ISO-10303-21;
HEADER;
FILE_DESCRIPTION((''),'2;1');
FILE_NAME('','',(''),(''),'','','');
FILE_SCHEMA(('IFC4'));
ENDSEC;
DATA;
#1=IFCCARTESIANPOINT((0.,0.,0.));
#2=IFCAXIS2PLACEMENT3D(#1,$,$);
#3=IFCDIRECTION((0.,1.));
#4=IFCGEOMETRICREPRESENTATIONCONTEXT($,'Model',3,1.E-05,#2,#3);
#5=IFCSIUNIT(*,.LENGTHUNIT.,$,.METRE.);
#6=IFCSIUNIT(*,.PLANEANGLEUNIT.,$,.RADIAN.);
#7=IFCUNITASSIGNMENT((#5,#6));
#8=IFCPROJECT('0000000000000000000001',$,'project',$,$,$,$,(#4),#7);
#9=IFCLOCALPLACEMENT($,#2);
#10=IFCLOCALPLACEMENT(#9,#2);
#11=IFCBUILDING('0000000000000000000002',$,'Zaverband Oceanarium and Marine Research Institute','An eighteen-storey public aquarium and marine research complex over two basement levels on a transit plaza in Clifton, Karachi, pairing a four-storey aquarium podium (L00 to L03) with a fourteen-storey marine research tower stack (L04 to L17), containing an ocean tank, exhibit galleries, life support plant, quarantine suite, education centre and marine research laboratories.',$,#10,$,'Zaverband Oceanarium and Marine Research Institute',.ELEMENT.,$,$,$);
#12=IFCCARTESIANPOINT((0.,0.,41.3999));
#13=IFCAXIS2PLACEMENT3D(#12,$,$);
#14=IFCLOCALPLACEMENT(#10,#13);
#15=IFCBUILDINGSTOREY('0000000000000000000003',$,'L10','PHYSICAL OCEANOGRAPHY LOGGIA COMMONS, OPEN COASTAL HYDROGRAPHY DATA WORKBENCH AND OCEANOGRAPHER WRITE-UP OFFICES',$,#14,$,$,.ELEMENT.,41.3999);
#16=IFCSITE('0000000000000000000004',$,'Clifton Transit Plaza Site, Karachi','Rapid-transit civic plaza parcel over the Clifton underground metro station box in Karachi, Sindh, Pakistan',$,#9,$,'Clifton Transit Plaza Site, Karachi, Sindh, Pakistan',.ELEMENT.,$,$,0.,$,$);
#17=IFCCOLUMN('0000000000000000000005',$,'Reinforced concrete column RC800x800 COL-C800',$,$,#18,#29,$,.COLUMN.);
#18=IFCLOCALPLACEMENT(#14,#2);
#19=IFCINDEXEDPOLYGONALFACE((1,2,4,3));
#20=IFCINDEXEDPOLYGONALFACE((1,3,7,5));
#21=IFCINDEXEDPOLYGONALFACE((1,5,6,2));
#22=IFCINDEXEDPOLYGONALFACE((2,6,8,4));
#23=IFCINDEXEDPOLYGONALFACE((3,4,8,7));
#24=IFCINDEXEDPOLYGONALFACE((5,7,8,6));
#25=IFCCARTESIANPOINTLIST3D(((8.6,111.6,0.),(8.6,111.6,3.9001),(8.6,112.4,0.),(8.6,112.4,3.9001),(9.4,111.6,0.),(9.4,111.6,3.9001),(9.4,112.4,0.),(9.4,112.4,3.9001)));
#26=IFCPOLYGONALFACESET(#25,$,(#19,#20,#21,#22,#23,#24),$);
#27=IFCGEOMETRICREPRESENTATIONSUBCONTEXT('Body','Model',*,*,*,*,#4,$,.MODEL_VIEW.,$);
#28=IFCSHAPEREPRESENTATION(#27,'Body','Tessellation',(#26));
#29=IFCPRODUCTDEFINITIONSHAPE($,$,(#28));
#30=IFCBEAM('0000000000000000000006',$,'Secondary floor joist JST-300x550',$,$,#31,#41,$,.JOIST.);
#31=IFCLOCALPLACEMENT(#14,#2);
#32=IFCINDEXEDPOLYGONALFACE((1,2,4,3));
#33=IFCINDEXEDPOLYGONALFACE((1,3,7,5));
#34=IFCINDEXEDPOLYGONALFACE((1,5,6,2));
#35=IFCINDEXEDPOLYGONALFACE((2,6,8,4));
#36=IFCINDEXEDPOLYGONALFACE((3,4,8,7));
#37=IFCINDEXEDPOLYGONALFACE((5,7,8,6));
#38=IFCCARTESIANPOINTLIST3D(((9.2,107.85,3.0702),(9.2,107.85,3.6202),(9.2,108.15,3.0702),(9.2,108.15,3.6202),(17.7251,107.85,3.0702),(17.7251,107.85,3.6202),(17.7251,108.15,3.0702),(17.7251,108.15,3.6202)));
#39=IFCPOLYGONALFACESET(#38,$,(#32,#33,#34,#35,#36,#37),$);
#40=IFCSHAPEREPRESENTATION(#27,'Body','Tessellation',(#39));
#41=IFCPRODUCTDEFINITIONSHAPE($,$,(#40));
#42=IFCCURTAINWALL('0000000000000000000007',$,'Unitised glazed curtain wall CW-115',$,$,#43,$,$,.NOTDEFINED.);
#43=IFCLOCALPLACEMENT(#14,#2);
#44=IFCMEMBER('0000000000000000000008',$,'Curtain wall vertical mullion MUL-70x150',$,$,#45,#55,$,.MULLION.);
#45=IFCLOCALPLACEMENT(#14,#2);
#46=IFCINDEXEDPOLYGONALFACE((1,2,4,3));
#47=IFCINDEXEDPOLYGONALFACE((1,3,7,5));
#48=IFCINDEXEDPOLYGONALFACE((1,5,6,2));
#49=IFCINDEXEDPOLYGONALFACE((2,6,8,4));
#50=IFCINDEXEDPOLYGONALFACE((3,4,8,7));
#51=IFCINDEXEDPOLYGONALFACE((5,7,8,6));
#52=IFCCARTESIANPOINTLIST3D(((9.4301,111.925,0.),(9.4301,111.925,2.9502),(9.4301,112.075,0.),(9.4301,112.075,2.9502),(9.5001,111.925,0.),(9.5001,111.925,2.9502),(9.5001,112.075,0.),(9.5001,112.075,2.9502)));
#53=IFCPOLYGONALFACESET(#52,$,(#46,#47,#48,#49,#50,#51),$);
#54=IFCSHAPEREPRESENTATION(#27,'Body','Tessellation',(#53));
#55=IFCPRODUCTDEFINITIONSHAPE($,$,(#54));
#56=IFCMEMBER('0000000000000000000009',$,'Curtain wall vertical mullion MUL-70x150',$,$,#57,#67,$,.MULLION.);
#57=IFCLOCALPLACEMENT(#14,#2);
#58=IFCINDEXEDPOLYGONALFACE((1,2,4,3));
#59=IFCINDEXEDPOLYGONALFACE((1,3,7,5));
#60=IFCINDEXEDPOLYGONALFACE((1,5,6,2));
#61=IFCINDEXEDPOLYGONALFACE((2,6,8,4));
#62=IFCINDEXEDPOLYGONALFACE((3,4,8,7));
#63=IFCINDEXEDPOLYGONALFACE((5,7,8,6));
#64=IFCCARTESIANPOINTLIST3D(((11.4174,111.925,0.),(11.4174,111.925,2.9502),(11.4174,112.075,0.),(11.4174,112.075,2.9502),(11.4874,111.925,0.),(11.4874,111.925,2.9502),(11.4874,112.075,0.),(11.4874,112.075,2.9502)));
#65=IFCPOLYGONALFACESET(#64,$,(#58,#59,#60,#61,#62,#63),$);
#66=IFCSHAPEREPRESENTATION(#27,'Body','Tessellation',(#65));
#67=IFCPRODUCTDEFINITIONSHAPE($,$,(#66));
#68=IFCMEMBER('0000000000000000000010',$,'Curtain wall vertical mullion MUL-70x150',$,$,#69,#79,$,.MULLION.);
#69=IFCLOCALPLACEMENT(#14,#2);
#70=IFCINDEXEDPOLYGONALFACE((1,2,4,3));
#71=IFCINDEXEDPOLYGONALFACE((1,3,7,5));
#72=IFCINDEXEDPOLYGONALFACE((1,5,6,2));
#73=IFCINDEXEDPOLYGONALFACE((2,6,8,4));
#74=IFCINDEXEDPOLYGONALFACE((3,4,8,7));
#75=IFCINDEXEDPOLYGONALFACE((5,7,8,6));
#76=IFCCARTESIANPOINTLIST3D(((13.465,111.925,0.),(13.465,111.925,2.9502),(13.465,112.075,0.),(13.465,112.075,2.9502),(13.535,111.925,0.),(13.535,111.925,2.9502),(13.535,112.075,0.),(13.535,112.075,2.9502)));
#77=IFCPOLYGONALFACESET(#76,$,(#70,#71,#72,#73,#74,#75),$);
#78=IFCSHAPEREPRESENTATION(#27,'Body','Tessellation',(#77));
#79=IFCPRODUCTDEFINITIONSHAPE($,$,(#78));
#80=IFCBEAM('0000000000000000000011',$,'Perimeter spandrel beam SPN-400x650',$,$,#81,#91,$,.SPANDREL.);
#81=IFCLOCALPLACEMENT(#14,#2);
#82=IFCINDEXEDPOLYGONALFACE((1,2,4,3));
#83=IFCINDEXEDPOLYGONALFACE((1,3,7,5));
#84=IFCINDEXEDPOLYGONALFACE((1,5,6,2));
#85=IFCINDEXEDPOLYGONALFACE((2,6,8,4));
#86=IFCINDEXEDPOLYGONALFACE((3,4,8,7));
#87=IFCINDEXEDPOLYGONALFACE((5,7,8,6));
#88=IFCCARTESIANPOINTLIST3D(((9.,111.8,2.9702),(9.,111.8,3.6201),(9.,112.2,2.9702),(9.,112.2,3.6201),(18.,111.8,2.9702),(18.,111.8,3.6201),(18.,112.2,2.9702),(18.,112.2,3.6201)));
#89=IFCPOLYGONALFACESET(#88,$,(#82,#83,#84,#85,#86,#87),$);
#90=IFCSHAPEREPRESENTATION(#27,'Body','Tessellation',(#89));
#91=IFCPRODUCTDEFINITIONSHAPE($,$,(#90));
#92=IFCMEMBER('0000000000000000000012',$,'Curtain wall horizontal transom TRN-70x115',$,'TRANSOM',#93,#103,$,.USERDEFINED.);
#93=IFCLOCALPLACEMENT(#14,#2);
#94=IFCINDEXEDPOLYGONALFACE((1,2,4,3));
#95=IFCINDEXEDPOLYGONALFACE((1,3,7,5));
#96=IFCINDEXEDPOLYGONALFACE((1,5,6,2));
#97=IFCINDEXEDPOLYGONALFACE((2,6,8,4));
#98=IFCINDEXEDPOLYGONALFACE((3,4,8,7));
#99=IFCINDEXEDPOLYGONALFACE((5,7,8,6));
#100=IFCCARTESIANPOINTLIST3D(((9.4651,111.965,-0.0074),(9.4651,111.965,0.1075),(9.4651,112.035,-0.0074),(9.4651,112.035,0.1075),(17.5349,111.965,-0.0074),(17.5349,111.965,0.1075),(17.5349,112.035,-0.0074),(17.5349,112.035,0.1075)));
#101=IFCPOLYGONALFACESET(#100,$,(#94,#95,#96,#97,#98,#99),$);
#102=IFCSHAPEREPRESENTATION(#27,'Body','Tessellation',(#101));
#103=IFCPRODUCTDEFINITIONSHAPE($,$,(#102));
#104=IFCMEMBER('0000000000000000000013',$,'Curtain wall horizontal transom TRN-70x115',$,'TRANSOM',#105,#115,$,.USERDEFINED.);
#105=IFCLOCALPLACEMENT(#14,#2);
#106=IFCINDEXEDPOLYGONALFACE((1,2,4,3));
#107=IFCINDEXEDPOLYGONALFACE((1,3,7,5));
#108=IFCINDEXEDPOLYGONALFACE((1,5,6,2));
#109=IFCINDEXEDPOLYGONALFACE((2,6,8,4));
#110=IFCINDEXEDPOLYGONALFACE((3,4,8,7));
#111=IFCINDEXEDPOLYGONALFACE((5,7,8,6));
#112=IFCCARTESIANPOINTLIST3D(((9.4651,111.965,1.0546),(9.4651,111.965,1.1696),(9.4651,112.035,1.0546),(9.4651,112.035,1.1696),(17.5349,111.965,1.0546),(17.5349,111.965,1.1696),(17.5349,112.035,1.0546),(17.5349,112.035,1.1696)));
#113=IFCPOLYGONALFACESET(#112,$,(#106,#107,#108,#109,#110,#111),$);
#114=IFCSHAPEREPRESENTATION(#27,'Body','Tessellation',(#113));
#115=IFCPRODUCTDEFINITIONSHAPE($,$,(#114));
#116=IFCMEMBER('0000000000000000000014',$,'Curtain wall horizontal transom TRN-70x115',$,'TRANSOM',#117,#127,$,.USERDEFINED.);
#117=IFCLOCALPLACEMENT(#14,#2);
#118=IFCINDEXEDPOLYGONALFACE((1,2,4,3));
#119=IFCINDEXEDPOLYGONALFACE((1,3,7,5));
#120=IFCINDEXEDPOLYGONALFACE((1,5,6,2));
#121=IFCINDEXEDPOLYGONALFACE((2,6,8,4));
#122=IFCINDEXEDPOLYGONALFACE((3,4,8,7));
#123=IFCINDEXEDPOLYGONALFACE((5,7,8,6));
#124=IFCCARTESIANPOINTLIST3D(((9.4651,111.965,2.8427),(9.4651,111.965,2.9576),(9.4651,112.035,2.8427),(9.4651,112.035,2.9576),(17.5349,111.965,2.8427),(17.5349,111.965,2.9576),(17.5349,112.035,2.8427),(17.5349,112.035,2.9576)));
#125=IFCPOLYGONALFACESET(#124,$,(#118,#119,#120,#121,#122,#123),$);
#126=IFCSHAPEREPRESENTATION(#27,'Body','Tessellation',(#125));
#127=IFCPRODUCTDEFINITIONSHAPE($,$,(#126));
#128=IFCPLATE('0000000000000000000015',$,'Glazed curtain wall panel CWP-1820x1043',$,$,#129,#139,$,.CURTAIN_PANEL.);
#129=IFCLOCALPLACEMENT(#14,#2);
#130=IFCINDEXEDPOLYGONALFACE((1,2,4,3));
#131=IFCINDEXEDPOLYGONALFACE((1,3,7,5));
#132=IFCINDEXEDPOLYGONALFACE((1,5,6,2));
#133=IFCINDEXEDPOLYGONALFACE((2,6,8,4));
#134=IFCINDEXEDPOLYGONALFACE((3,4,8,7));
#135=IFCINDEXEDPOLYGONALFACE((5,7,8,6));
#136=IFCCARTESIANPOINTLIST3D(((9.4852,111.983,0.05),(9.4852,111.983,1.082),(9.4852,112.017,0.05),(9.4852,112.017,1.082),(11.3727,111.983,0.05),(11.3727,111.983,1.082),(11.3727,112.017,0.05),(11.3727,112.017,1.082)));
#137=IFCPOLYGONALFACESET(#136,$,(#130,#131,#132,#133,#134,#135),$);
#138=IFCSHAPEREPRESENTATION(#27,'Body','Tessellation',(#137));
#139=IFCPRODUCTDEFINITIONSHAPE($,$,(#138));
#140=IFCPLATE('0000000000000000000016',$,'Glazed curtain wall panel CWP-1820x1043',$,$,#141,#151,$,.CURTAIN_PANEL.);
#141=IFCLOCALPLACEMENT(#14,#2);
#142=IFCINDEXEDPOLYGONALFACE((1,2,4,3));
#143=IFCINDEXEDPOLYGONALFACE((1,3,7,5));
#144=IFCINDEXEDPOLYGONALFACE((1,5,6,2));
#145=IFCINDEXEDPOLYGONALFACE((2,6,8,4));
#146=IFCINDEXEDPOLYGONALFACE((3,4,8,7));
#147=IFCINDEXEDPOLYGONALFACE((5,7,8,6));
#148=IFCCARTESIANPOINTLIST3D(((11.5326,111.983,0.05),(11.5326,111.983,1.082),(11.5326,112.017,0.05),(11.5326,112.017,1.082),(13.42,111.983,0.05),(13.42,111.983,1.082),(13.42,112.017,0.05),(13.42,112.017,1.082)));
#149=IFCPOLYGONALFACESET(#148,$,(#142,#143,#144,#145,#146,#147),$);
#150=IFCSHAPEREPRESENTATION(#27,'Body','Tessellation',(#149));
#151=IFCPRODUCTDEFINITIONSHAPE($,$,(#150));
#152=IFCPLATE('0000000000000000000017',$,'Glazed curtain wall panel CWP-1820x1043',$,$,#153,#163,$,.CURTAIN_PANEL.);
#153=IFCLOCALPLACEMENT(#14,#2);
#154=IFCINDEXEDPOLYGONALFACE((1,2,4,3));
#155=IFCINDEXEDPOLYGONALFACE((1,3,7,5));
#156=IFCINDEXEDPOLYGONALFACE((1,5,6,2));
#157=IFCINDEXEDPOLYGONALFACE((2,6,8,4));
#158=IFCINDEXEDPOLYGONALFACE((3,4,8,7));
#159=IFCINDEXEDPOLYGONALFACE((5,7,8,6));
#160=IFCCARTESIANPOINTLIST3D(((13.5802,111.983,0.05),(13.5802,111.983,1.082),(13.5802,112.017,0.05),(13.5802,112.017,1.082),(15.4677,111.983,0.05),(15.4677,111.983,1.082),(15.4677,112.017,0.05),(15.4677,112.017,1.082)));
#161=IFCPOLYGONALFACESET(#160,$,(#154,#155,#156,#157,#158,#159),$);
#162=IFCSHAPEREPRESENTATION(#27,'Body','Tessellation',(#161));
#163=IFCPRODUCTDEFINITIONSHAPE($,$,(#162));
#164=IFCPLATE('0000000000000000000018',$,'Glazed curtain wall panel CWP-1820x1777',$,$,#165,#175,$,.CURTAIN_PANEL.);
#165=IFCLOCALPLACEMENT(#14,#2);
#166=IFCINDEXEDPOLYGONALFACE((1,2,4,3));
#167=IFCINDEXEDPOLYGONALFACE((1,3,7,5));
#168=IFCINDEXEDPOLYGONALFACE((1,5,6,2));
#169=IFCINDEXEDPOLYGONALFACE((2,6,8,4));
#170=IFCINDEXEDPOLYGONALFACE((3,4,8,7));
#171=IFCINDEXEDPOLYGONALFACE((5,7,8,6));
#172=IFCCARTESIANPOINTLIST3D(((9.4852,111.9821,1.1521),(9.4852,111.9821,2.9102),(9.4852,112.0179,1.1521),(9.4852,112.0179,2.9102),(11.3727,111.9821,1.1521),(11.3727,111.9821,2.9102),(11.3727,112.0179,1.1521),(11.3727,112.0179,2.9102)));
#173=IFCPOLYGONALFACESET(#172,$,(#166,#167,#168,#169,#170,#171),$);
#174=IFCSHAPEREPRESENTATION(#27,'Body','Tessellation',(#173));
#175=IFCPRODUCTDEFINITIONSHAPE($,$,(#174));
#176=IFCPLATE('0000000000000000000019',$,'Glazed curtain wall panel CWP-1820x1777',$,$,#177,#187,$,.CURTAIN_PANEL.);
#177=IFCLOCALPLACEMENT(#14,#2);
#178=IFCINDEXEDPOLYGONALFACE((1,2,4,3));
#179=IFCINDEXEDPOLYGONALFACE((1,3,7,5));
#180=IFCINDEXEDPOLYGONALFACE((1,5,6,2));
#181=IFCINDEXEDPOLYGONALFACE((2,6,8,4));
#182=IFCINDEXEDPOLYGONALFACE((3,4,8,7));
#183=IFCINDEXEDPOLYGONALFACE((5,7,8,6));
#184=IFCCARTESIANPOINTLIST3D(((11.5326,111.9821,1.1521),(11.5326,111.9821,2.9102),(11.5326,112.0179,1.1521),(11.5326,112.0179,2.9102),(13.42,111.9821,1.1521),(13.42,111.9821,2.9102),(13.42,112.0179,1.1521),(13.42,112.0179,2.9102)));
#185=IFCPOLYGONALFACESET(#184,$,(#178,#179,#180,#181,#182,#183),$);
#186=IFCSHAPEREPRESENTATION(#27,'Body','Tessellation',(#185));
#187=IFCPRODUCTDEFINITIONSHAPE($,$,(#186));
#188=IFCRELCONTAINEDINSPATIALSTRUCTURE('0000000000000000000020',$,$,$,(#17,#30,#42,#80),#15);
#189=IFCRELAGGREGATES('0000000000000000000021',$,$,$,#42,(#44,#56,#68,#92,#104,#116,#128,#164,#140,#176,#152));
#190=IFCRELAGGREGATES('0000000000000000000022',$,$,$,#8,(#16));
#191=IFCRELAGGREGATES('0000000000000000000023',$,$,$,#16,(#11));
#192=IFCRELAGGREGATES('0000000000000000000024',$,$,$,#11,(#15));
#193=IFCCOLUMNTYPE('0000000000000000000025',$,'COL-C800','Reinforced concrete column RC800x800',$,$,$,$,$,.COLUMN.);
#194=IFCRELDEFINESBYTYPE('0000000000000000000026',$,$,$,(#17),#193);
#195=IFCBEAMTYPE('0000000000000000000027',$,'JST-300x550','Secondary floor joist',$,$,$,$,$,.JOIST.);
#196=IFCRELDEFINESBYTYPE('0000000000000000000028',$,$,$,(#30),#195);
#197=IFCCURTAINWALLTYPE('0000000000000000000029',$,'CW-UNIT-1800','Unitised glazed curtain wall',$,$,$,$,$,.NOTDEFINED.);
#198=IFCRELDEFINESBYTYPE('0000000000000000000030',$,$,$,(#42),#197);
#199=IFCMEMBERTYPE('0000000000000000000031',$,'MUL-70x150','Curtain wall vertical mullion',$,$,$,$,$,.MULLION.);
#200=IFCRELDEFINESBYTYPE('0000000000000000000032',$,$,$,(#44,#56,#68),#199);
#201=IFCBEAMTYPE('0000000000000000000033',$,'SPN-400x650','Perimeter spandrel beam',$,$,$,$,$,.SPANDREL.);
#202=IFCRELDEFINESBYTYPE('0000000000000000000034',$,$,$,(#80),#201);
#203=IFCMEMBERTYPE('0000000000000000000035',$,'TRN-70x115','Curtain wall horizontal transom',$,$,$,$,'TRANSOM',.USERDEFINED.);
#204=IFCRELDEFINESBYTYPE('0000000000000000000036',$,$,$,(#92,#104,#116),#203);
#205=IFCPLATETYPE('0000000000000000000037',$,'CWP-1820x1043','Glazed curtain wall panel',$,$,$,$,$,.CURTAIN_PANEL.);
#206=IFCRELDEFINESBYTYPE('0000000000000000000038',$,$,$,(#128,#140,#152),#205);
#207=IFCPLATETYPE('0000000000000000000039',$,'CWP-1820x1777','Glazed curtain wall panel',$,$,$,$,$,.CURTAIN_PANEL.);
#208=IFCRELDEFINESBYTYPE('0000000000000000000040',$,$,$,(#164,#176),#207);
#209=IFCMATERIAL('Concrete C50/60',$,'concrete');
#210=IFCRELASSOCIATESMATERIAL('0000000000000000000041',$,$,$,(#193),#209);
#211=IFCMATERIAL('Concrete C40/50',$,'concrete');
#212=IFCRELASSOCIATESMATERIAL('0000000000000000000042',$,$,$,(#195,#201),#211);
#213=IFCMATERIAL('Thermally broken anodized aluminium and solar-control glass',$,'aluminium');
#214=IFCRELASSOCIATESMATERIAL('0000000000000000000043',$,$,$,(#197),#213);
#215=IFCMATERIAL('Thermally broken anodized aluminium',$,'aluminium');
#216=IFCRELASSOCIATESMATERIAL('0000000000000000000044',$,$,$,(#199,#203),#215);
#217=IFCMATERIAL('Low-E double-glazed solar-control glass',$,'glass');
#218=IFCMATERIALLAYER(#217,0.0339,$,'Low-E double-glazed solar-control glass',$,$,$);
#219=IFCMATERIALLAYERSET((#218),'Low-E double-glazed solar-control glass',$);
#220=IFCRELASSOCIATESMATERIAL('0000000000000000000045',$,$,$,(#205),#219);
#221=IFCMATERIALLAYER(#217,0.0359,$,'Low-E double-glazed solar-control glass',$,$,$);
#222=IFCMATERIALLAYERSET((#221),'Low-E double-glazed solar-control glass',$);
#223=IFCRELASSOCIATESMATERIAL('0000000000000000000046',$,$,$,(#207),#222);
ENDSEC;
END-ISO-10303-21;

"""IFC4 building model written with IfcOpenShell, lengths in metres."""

from ifc_helpers import new_model, si_unit, direction, frame, frame_2d, origin, origin_2d, place, context, subcontext, project, spatial, rectangle, extrude, material, layer, layer_set, material_profile, profile_set, type_object, element, aggregate, save


model = new_model("IFC4")

# Units and contexts
model_context = context("Model", 3, precision=1e-05, world=origin(), true_north=direction((0.0, 1.0)))
body_context = subcontext(model_context, "Body", "Model", "MODEL_VIEW")
ifc_project = project(units=[si_unit("LENGTHUNIT", "METRE"), si_unit("PLANEANGLEUNIT", "RADIAN")], contexts=[model_context])

# Site, building, storey
site_placement = place(None, origin())
site = spatial("IfcSite", under=ifc_project, at=site_placement, Name="Clifton Transit Plaza Site, Karachi", Description="Rapid-transit civic plaza parcel over the Clifton underground metro station box in Karachi, Sindh, Pakistan", LongName="Clifton Transit Plaza Site, Karachi, Sindh, Pakistan", CompositionType="ELEMENT", RefElevation=0.0)
building_placement = place(site_placement, origin())
building = spatial("IfcBuilding", under=site, at=building_placement, Name="Zaverband Oceanarium and Marine Research Institute", Description="An eighteen-storey public aquarium and marine research complex over two basement levels on a transit plaza in Clifton, Karachi, pairing a four-storey aquarium podium (L00 to L03) with a fourteen-storey marine research tower stack (L04 to L17), containing an ocean tank, exhibit galleries, life support plant, quarantine suite, education centre and marine research laboratories.", LongName="Zaverband Oceanarium and Marine Research Institute", CompositionType="ELEMENT")
storey_placement = place(building_placement, frame((0.0, 0.0, 41.3999)))
storey = spatial("IfcBuildingStorey", under=building, at=storey_placement, Name="L10", Description="PHYSICAL OCEANOGRAPHY LOGGIA COMMONS, OPEN COASTAL HYDROGRAPHY DATA WORKBENCH AND OCEANOGRAPHER WRITE-UP OFFICES", CompositionType="ELEMENT", Elevation=41.3999)

# Column
ifc_material_1 = material(Name="Concrete C50/60", Category="concrete")
ifc_material_profile_1 = material_profile(ifc_material_1, rectangle(XDim=0.8, YDim=0.8, at=origin_2d()), Name="RC800x800")
ifc_profile_set_1 = profile_set([ifc_material_profile_1], Name="Concrete C50/60")
column_type = type_object("IfcColumnType", Name="COL-C800", Description="Reinforced concrete column RC800x800", PredefinedType="COLUMN", material=ifc_profile_set_1)
column_placement = place(storey_placement, frame((9.0, 112.0, 0.0), z_axis=(0.0, 0.0, 1.0), x_axis=(1.0, 0.0, 0.0)))
element("IfcColumn", 1, at=column_placement, inside=storey, type_object=column_type, Name="Reinforced concrete column RC800x800 COL-C800", PredefinedType="COLUMN", context=body_context, shape_type="SweptSolid", body=[
    extrude(rectangle(XDim=0.8, YDim=0.8, at=origin_2d()), origin(), (0.0, 0.0, 1.0), 3.9001),
])

# Beam
ifc_material_2 = material(Name="Concrete C40/50", Category="concrete")
ifc_material_profile_2 = material_profile(ifc_material_2, rectangle(XDim=0.3, YDim=0.55, at=origin_2d()), Name="RC300x550")
ifc_profile_set_2 = profile_set([ifc_material_profile_2], Name="Concrete C40/50")
beam_type_1 = type_object("IfcBeamType", Name="JST-300x550", Description="Secondary floor joist", PredefinedType="JOIST", material=ifc_profile_set_2)
beam_1_placement = place(storey_placement, frame((9.2, 108.0, 3.3452), z_axis=(1.0, 0.0, 0.0), x_axis=(0.0, 1.0, 0.0)))
element("IfcBeam", 2, at=beam_1_placement, inside=storey, type_object=beam_type_1, Name="Secondary floor joist JST-300x550", PredefinedType="JOIST", context=body_context, shape_type="SweptSolid", body=[
    extrude(rectangle(XDim=0.3, YDim=0.55, at=origin_2d()), origin(), (0.0, 0.0, 1.0), 8.5251),
])

# Curtain wall, members
ifc_material_3 = material(Name="Thermally broken anodized aluminium and solar-control glass", Category="aluminium")
curtain_wall_type = type_object("IfcCurtainWallType", Name="CW-UNIT-1800", Description="Unitised glazed curtain wall", PredefinedType="NOTDEFINED", material=ifc_material_3)
curtain_wall_placement = place(storey_placement, origin())
curtain_wall = element("IfcCurtainWall", 3, at=curtain_wall_placement, inside=storey, type_object=curtain_wall_type, Name="Unitised glazed curtain wall CW-115", PredefinedType="NOTDEFINED")
ifc_material_4 = material(Name="Thermally broken anodized aluminium", Category="aluminium")
ifc_material_profile_3 = material_profile(ifc_material_4, rectangle(XDim=0.0701, YDim=0.1499, at=origin_2d()), Name="AL-MUL-70x150")
ifc_profile_set_3 = profile_set([ifc_material_profile_3], Name="Thermally broken anodized aluminium")
member_type_1 = type_object("IfcMemberType", Name="MUL-70x150", Description="Curtain wall vertical mullion", PredefinedType="MULLION", material=ifc_profile_set_3)
member_1_placement = place(storey_placement, frame((9.4651, 112.0, 0.0), z_axis=(0.0, 0.0, 1.0), x_axis=(1.0, 0.0, 0.0)))
member_1 = element("IfcMember", 4, at=member_1_placement, type_object=member_type_1, Name="Curtain wall vertical mullion MUL-70x150", PredefinedType="MULLION", context=body_context, shape_type="SweptSolid", body=[
    extrude(rectangle(XDim=0.0701, YDim=0.1499, at=origin_2d()), origin(), (0.0, 0.0, 1.0), 2.9502),
])
member_2_placement = place(storey_placement, frame((11.4524, 112.0, 0.0), z_axis=(0.0, 0.0, 1.0), x_axis=(1.0, 0.0, 0.0)))
member_2 = element("IfcMember", 5, at=member_2_placement, type_object=member_type_1, Name="Curtain wall vertical mullion MUL-70x150", PredefinedType="MULLION", context=body_context, shape_type="SweptSolid", body=[
    extrude(rectangle(XDim=0.0701, YDim=0.1499, at=origin_2d()), origin(), (0.0, 0.0, 1.0), 2.9502),
])
member_3_placement = place(storey_placement, frame((13.5, 112.0, 0.0), z_axis=(0.0, 0.0, 1.0), x_axis=(1.0, 0.0, 0.0)))
member_3 = element("IfcMember", 6, at=member_3_placement, type_object=member_type_1, Name="Curtain wall vertical mullion MUL-70x150", PredefinedType="MULLION", context=body_context, shape_type="SweptSolid", body=[
    extrude(rectangle(XDim=0.0701, YDim=0.1499, at=origin_2d()), origin(), (0.0, 0.0, 1.0), 2.9502),
])

# Beam
ifc_material_profile_4 = material_profile(ifc_material_2, rectangle(XDim=0.3999, YDim=0.6499, at=origin_2d()), Name="RC400x650")
ifc_profile_set_4 = profile_set([ifc_material_profile_4], Name="Concrete C40/50")
beam_type_2 = type_object("IfcBeamType", Name="SPN-400x650", Description="Perimeter spandrel beam", PredefinedType="SPANDREL", material=ifc_profile_set_4)
beam_2_placement = place(storey_placement, frame((9.0, 112.0, 3.2952), z_axis=(1.0, 0.0, 0.0), x_axis=(0.0, 1.0, 0.0)))
element("IfcBeam", 7, at=beam_2_placement, inside=storey, type_object=beam_type_2, Name="Perimeter spandrel beam SPN-400x650", PredefinedType="SPANDREL", context=body_context, shape_type="SweptSolid", body=[
    extrude(rectangle(XDim=0.3999, YDim=0.6499, at=origin_2d()), origin(), (0.0, 0.0, 1.0), 9.0),
])

# Members
ifc_material_profile_5 = material_profile(ifc_material_4, rectangle(XDim=0.0701, YDim=0.115, at=origin_2d()), Name="AL-TRN-70x115")
ifc_profile_set_5 = profile_set([ifc_material_profile_5], Name="Thermally broken anodized aluminium")
member_type_2 = type_object("IfcMemberType", Name="TRN-70x115", Description="Curtain wall horizontal transom", ElementType="TRANSOM", PredefinedType="USERDEFINED", material=ifc_profile_set_5)
member_4_placement = place(storey_placement, frame((9.4651, 112.0, 0.05), z_axis=(1.0, 0.0, 0.0), x_axis=(0.0, 1.0, 0.0)))
member_4 = element("IfcMember", 8, at=member_4_placement, type_object=member_type_2, Name="Curtain wall horizontal transom TRN-70x115", ObjectType="TRANSOM", PredefinedType="USERDEFINED", context=body_context, shape_type="SweptSolid", body=[
    extrude(rectangle(XDim=0.0701, YDim=0.115, at=origin_2d()), origin(), (0.0, 0.0, 1.0), 8.0698),
])
member_5_placement = place(storey_placement, frame((9.4651, 112.0, 1.1121), z_axis=(1.0, 0.0, 0.0), x_axis=(0.0, 1.0, 0.0)))
member_5 = element("IfcMember", 9, at=member_5_placement, type_object=member_type_2, Name="Curtain wall horizontal transom TRN-70x115", ObjectType="TRANSOM", PredefinedType="USERDEFINED", context=body_context, shape_type="SweptSolid", body=[
    extrude(rectangle(XDim=0.0701, YDim=0.115, at=origin_2d()), origin(), (0.0, 0.0, 1.0), 8.0698),
])
member_6_placement = place(storey_placement, frame((9.4651, 112.0, 2.9001), z_axis=(1.0, 0.0, 0.0), x_axis=(0.0, 1.0, 0.0)))
member_6 = element("IfcMember", 10, at=member_6_placement, type_object=member_type_2, Name="Curtain wall horizontal transom TRN-70x115", ObjectType="TRANSOM", PredefinedType="USERDEFINED", context=body_context, shape_type="SweptSolid", body=[
    extrude(rectangle(XDim=0.0701, YDim=0.115, at=origin_2d()), origin(), (0.0, 0.0, 1.0), 8.0698),
])

# Plates
ifc_material_5 = material(Name="Low-E double-glazed solar-control glass", Category="glass")
ifc_layer_1 = layer(ifc_material_5, 0.0339, Name="Low-E double-glazed solar-control glass")
ifc_layer_set_1 = layer_set([ifc_layer_1], Name="Low-E double-glazed solar-control glass")
plate_type_1 = type_object("IfcPlateType", Name="CWP-1820x1043", Description="Glazed curtain wall panel", PredefinedType="CURTAIN_PANEL", material=ifc_layer_set_1)
plate_1_placement = place(storey_placement, frame((9.4851, 112.0, 0.05), z_axis=(0.0, 0.0, 1.0), x_axis=(1.0, 0.0, 0.0)))
plate_1 = element("IfcPlate", 11, at=plate_1_placement, type_object=plate_type_1, Name="Glazed curtain wall panel CWP-1820x1043", PredefinedType="CURTAIN_PANEL", context=body_context, shape_type="SweptSolid", body=[
    extrude(rectangle(XDim=1.8875, YDim=0.0339, at=frame_2d((0.9438, 0.0))), origin(), (0.0, 0.0, 1.0), 1.032),
])
plate_2_placement = place(storey_placement, frame((11.5325, 112.0, 0.05), z_axis=(0.0, 0.0, 1.0), x_axis=(1.0, 0.0, 0.0)))
plate_2 = element("IfcPlate", 12, at=plate_2_placement, type_object=plate_type_1, Name="Glazed curtain wall panel CWP-1820x1043", PredefinedType="CURTAIN_PANEL", context=body_context, shape_type="SweptSolid", body=[
    extrude(rectangle(XDim=1.8875, YDim=0.0339, at=frame_2d((0.9438, 0.0))), origin(), (0.0, 0.0, 1.0), 1.032),
])
plate_3_placement = place(storey_placement, frame((13.5801, 112.0, 0.05), z_axis=(0.0, 0.0, 1.0), x_axis=(1.0, 0.0, 0.0)))
plate_3 = element("IfcPlate", 13, at=plate_3_placement, type_object=plate_type_1, Name="Glazed curtain wall panel CWP-1820x1043", PredefinedType="CURTAIN_PANEL", context=body_context, shape_type="SweptSolid", body=[
    extrude(rectangle(XDim=1.8875, YDim=0.0339, at=frame_2d((0.9438, 0.0))), origin(), (0.0, 0.0, 1.0), 1.032),
])
ifc_layer_2 = layer(ifc_material_5, 0.0359, Name="Low-E double-glazed solar-control glass")
ifc_layer_set_2 = layer_set([ifc_layer_2], Name="Low-E double-glazed solar-control glass")
plate_type_2 = type_object("IfcPlateType", Name="CWP-1820x1777", Description="Glazed curtain wall panel", PredefinedType="CURTAIN_PANEL", material=ifc_layer_set_2)
plate_4_placement = place(storey_placement, frame((9.4851, 112.0, 1.1521), z_axis=(0.0, 0.0, 1.0), x_axis=(1.0, 0.0, 0.0)))
plate_4 = element("IfcPlate", 14, at=plate_4_placement, type_object=plate_type_2, Name="Glazed curtain wall panel CWP-1820x1777", PredefinedType="CURTAIN_PANEL", context=body_context, shape_type="SweptSolid", body=[
    extrude(rectangle(XDim=1.8875, YDim=0.0359, at=frame_2d((0.9438, 0.0))), origin(), (0.0, 0.0, 1.0), 1.7581),
])
plate_5_placement = place(storey_placement, frame((11.5325, 112.0, 1.1521), z_axis=(0.0, 0.0, 1.0), x_axis=(1.0, 0.0, 0.0)))
plate_5 = element("IfcPlate", 15, at=plate_5_placement, type_object=plate_type_2, Name="Glazed curtain wall panel CWP-1820x1777", PredefinedType="CURTAIN_PANEL", context=body_context, shape_type="SweptSolid", body=[
    extrude(rectangle(XDim=1.8875, YDim=0.0359, at=frame_2d((0.9438, 0.0))), origin(), (0.0, 0.0, 1.0), 1.7581),
])
aggregate(curtain_wall, [member_1, member_2, member_3, member_4, member_5, member_6, plate_1, plate_4, plate_2, plate_5, plate_3])

save(model, "model.ifc")
